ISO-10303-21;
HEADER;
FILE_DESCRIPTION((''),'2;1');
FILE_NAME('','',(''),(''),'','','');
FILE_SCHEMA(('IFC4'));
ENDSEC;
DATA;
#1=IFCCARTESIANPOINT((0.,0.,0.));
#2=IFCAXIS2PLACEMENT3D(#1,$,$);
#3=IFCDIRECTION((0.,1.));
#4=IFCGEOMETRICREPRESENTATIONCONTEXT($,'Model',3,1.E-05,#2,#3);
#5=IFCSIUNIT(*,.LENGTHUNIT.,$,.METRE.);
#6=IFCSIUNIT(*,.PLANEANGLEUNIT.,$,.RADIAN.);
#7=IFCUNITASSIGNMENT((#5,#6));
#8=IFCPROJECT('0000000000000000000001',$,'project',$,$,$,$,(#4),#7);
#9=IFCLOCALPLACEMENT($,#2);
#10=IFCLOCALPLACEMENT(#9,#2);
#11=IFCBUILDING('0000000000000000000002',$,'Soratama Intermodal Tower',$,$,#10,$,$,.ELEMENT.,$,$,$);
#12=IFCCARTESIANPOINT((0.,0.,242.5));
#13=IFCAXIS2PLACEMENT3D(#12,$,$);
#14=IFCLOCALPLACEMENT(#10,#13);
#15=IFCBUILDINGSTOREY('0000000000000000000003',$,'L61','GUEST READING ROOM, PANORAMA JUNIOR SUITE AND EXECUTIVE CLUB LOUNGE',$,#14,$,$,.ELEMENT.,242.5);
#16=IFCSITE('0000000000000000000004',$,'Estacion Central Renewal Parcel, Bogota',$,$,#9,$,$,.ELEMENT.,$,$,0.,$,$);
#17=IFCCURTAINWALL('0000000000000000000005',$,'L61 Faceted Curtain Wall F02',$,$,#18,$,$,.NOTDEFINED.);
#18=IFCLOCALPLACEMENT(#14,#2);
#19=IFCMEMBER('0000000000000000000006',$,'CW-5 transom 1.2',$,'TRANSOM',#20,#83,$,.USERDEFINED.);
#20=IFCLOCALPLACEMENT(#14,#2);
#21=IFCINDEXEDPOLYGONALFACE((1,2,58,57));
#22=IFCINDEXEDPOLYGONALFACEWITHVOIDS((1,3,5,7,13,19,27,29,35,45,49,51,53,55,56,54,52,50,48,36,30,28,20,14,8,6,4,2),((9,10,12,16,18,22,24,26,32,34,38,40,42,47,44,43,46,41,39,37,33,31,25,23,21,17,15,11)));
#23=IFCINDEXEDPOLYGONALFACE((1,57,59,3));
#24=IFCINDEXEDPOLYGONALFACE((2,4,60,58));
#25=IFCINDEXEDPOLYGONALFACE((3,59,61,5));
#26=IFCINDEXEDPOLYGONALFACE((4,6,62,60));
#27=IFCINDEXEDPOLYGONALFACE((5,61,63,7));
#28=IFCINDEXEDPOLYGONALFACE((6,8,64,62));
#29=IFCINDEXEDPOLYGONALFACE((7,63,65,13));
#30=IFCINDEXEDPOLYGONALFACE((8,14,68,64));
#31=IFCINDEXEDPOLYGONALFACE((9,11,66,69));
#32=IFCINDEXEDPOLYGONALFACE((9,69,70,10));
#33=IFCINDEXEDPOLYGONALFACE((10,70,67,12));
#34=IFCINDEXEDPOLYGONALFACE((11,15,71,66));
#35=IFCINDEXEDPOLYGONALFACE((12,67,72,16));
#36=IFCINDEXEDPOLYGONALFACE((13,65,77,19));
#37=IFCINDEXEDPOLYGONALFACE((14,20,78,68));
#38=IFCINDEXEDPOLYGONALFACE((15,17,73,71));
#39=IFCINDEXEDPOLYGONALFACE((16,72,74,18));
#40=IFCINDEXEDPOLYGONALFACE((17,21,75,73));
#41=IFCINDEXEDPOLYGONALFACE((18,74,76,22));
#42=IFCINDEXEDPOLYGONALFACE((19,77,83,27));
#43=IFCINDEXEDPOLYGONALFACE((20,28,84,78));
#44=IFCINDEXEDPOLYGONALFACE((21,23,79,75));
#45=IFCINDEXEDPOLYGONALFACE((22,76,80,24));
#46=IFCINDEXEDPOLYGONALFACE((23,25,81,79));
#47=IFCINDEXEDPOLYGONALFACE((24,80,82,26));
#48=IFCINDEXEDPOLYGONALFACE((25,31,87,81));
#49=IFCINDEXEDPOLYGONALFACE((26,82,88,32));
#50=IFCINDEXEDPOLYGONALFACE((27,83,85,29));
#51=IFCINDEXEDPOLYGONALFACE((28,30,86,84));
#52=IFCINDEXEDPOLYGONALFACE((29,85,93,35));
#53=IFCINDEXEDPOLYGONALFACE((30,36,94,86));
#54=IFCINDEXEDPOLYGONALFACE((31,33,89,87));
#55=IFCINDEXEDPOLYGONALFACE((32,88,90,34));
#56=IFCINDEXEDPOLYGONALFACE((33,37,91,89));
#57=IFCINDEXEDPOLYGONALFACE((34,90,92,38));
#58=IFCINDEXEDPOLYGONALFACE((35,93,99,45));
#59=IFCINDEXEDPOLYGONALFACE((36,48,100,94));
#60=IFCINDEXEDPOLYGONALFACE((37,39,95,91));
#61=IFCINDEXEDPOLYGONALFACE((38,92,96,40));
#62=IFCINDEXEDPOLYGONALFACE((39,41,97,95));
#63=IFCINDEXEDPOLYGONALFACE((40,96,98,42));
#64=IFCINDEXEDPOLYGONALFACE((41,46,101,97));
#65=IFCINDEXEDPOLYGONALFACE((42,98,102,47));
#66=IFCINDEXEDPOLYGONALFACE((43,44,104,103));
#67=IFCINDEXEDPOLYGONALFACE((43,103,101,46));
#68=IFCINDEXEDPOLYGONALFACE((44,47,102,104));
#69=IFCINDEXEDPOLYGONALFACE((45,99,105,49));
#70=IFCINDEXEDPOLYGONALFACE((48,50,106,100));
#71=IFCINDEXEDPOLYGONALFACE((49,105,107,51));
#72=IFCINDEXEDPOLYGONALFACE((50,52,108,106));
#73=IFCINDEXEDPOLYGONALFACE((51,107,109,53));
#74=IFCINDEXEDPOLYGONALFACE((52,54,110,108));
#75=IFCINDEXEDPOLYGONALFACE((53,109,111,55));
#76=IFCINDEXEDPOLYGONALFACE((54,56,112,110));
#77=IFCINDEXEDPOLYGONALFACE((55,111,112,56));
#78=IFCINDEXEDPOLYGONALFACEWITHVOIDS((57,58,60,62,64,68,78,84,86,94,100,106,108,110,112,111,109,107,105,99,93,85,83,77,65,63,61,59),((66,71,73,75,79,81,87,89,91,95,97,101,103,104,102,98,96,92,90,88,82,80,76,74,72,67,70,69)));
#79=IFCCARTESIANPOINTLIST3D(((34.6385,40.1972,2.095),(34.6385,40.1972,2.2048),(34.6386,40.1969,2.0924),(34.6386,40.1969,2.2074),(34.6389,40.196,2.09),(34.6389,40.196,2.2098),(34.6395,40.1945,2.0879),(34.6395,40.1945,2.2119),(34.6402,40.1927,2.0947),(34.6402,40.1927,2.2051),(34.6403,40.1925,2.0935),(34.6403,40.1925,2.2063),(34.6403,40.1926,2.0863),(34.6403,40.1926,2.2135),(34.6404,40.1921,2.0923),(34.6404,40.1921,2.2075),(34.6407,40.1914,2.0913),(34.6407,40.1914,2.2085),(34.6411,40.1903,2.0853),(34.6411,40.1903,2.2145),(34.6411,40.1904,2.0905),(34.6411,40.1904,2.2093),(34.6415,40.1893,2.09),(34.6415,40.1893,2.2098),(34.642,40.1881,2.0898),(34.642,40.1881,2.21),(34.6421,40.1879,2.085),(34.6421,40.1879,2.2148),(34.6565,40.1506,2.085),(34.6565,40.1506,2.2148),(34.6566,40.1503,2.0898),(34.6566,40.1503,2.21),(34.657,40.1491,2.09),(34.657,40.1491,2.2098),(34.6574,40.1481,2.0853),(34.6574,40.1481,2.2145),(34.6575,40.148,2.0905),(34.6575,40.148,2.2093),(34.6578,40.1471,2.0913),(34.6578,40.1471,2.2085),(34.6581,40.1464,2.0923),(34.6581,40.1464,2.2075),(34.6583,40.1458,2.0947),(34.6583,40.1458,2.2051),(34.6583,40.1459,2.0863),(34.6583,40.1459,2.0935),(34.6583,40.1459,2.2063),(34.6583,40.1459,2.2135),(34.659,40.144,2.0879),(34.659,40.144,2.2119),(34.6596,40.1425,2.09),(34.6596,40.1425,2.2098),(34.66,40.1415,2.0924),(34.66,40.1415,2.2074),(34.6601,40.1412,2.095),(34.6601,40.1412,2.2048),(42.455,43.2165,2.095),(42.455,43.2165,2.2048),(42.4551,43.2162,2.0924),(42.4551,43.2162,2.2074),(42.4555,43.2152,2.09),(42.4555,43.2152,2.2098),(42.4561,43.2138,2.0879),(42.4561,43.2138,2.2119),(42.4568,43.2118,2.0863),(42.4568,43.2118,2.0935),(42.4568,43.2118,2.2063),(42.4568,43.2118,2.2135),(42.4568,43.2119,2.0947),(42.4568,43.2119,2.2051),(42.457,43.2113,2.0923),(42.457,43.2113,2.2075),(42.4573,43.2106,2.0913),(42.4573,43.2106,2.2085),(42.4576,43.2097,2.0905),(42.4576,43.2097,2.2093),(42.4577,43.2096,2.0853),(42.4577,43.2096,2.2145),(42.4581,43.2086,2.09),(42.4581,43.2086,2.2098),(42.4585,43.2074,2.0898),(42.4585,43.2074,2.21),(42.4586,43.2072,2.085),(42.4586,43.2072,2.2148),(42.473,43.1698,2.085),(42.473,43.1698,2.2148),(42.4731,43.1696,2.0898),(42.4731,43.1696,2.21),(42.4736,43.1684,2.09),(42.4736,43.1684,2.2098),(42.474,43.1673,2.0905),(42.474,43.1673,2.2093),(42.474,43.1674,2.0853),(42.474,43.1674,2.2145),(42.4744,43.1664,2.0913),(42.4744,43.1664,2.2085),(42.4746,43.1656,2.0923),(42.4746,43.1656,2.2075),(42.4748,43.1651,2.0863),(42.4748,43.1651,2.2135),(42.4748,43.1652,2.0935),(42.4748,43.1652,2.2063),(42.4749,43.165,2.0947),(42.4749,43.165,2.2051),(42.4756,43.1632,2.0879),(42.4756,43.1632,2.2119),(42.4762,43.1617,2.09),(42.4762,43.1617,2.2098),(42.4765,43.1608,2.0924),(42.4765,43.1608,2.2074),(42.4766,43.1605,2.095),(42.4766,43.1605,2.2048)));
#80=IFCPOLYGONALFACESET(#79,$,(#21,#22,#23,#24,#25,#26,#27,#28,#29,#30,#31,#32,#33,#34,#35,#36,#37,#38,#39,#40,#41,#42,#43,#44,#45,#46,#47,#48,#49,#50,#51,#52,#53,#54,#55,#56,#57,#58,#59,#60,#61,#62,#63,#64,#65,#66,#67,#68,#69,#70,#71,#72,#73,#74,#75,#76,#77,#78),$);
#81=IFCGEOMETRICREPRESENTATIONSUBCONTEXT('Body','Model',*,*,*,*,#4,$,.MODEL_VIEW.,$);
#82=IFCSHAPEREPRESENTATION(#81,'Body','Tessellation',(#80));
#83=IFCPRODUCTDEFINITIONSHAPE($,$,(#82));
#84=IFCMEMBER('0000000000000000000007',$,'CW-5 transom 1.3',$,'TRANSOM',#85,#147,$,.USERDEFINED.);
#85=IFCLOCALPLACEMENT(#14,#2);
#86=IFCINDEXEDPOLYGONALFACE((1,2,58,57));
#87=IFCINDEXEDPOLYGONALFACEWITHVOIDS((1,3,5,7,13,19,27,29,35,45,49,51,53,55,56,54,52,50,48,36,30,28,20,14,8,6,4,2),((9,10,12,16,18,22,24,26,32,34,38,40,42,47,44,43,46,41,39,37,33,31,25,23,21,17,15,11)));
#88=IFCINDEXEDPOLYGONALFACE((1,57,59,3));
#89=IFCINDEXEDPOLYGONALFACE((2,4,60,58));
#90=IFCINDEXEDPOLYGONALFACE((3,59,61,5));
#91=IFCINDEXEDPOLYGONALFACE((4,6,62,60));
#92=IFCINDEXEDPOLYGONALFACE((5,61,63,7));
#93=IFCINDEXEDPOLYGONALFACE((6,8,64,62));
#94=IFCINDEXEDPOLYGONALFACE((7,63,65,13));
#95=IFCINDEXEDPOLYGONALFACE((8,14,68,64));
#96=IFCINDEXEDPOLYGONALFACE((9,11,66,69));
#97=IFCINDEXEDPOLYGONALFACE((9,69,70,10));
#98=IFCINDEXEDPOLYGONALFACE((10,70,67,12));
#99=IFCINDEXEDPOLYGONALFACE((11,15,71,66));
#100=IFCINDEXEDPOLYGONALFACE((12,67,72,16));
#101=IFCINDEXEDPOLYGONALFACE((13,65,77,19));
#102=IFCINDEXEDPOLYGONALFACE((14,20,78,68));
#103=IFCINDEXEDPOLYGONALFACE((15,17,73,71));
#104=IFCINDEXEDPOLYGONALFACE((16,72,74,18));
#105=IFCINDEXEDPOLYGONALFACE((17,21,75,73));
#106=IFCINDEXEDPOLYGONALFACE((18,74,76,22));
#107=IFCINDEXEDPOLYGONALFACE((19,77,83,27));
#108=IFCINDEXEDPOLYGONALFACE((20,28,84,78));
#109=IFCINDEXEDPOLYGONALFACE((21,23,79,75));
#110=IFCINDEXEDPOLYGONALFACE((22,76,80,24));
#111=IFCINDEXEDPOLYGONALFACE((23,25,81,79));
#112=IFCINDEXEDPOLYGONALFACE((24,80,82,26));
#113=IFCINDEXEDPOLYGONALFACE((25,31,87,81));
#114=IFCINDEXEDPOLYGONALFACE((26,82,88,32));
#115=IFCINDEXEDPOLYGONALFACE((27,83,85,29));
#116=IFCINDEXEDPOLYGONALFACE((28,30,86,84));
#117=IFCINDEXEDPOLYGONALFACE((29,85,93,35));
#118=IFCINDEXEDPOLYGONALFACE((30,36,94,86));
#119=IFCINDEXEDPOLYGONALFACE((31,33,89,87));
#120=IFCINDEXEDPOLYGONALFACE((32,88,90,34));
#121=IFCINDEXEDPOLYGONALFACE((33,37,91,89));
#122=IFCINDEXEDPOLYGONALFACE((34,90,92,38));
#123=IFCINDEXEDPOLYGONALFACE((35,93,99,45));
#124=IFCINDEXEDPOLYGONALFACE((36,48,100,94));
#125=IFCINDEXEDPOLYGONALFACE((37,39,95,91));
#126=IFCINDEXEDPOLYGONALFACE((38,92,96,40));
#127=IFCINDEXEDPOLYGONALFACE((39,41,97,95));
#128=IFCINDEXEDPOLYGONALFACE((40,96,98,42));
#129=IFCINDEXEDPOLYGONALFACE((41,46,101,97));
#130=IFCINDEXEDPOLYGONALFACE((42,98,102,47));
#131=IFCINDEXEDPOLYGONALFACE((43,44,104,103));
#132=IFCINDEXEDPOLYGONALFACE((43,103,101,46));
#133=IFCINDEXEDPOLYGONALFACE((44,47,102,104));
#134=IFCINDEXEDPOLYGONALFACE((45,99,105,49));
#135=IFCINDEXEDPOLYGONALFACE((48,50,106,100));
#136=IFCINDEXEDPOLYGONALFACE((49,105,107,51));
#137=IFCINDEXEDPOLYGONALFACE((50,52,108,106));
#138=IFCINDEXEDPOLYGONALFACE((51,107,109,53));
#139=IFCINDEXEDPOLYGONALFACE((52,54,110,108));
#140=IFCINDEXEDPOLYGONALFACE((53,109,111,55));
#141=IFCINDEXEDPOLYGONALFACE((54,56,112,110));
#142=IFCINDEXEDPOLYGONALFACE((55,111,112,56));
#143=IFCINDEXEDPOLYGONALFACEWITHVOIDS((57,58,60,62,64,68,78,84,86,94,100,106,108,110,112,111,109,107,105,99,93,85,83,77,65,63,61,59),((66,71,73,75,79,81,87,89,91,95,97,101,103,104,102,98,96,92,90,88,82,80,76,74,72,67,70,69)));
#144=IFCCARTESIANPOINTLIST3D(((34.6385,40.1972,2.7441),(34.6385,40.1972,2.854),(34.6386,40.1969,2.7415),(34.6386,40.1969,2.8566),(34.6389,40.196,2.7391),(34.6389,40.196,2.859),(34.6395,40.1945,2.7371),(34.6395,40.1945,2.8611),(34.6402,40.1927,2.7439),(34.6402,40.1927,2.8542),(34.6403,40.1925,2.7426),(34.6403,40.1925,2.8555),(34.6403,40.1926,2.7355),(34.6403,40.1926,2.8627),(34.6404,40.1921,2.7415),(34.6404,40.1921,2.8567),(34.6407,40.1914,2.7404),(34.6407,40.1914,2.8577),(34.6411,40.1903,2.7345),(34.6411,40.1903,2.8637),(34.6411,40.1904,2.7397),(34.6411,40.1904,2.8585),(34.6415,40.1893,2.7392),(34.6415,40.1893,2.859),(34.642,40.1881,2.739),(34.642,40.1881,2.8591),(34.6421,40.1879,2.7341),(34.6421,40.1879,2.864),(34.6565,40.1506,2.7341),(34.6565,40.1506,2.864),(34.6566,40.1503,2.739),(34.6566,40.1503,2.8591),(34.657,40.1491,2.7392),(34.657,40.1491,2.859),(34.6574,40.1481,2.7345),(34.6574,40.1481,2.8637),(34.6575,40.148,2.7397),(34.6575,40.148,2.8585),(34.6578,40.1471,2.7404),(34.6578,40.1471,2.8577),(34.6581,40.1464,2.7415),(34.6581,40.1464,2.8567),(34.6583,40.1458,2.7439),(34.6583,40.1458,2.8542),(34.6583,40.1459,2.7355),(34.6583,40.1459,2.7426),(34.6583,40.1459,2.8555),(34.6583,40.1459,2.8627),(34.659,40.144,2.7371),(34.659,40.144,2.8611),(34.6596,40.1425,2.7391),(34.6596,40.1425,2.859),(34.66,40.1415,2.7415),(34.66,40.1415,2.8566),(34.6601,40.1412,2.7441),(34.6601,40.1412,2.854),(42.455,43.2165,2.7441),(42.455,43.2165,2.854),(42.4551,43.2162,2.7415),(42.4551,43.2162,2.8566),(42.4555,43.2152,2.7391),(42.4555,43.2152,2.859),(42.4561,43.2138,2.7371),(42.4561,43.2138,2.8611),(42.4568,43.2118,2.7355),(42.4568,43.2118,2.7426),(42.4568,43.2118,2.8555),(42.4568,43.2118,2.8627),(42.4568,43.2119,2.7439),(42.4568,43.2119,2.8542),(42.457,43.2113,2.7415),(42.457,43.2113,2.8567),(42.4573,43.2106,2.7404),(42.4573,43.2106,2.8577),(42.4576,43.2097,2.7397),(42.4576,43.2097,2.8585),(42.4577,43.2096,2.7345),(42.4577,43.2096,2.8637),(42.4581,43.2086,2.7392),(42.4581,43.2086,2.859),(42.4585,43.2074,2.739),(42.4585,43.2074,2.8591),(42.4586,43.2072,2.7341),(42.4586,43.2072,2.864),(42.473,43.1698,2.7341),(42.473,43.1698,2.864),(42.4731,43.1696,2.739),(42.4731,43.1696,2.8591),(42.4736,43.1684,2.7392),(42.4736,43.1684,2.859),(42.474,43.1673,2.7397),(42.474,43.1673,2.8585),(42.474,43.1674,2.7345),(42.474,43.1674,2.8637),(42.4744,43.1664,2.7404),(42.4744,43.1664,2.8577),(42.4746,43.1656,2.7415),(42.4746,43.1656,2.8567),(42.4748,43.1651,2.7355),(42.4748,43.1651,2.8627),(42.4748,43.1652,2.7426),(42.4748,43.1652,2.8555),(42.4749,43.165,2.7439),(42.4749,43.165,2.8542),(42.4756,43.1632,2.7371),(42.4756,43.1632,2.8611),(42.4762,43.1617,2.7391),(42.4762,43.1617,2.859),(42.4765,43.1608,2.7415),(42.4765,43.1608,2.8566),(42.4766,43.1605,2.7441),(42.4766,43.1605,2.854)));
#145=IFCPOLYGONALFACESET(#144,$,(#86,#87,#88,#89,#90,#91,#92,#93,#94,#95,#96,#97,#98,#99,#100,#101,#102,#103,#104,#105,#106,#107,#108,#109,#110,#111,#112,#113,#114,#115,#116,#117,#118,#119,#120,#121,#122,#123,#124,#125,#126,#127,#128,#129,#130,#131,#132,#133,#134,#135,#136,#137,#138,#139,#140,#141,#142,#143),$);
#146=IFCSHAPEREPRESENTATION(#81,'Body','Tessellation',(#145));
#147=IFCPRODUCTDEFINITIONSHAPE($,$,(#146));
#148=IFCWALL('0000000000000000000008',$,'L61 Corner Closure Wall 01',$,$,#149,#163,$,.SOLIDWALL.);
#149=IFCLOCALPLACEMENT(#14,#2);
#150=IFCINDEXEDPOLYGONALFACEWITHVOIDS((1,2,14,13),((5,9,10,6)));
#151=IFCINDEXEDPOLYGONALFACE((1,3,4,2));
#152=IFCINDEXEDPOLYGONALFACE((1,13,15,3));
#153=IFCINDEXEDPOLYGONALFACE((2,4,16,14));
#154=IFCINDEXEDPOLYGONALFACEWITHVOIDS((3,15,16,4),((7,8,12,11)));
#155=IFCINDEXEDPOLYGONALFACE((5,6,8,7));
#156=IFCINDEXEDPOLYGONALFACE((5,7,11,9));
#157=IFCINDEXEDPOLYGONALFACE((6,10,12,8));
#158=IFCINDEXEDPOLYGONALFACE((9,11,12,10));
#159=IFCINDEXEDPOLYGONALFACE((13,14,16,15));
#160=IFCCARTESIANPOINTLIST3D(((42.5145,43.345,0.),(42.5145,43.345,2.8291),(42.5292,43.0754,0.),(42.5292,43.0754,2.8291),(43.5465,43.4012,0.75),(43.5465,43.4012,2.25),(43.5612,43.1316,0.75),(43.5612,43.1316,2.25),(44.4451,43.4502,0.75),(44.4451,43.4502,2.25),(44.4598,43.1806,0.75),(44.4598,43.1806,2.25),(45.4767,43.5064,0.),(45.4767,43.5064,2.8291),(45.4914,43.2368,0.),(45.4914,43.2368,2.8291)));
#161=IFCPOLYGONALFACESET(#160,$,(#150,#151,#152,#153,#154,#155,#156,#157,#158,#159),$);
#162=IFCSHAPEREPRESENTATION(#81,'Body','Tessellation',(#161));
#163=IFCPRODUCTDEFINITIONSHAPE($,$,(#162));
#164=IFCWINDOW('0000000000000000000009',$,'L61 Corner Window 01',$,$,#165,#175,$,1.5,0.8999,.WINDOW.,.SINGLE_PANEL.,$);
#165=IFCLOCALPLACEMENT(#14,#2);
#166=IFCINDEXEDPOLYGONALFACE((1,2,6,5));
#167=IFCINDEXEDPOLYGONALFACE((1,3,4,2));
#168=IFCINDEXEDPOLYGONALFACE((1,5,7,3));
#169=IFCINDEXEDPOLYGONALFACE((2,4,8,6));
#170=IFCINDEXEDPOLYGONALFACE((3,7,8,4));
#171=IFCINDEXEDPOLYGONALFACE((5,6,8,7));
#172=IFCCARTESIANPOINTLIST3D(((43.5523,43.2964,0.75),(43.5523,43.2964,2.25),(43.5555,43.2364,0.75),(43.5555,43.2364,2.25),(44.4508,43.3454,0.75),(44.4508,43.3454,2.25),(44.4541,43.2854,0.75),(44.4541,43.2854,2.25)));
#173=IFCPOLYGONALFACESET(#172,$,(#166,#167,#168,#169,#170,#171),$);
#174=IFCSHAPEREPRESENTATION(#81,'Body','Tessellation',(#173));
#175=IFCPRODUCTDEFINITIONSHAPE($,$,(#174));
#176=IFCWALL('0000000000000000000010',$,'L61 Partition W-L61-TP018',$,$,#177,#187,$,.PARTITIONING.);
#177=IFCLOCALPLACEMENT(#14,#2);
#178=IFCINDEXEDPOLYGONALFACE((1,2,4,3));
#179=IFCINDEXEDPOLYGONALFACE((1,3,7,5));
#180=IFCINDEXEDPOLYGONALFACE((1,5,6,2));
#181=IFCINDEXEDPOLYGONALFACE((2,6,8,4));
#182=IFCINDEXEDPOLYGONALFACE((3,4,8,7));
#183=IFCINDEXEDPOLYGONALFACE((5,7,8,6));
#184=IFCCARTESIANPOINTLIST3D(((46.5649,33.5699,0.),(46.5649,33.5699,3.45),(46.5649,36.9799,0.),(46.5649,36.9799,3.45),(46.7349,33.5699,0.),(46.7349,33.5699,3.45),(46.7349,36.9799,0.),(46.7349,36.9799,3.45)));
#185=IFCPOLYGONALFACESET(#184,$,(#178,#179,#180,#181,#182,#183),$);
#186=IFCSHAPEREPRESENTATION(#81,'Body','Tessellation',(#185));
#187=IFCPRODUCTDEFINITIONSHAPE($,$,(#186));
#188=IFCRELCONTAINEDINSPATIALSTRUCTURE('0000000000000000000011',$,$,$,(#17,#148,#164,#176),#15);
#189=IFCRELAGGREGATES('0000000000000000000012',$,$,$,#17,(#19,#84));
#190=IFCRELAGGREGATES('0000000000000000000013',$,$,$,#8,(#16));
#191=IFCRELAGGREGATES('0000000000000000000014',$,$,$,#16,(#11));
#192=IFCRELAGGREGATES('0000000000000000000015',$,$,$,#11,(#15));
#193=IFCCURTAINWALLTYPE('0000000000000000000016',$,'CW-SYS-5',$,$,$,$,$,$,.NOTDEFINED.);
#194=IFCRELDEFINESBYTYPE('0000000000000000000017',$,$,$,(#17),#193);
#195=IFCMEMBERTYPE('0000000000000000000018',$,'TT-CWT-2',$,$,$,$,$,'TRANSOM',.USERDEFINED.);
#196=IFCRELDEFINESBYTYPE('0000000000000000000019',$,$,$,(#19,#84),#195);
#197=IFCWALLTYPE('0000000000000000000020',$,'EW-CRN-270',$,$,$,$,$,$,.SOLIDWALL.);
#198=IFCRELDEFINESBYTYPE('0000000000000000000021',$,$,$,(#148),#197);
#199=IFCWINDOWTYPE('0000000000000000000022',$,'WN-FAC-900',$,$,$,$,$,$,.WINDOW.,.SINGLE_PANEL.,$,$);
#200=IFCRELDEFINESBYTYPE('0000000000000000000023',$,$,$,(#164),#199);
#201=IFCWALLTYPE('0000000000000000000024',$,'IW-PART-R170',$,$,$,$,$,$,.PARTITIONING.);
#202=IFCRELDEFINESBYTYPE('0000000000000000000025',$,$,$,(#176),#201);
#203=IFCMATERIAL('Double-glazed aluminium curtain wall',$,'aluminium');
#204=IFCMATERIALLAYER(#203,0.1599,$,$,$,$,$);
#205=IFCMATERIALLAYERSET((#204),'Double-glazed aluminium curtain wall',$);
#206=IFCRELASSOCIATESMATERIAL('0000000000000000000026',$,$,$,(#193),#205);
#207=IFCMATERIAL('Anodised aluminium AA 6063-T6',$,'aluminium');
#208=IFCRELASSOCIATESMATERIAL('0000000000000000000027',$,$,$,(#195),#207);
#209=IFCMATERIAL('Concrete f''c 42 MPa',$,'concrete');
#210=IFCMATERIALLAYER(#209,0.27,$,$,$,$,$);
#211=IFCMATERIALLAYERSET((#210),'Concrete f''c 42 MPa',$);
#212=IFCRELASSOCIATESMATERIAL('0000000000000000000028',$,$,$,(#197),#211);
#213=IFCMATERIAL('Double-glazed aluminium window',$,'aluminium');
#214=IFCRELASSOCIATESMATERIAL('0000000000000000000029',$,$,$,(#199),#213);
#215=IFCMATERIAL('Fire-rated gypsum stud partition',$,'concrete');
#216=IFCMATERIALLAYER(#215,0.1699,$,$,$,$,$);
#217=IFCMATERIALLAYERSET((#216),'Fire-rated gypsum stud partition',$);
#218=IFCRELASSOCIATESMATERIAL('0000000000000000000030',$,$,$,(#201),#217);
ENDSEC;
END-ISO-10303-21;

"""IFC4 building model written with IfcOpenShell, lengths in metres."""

from ifc_helpers import new_model, si_unit, direction, frame, frame_2d, origin, origin_2d, place, context, subcontext, project, spatial, rectangle, hollow_rectangle, extrude, material, layer, layer_set, material_profile, profile_set, type_object, element, fill, aggregate, save


model = new_model("IFC4")

# Units and contexts
model_context = context("Model", 3, precision=1e-05, world=origin(), true_north=direction((0.0, 1.0)))
body_context = subcontext(model_context, "Body", "Model", "MODEL_VIEW")
ifc_project = project(units=[si_unit("LENGTHUNIT", "METRE"), si_unit("PLANEANGLEUNIT", "RADIAN")], contexts=[model_context])

# Site, building, storey
site_placement = place(None, origin())
site = spatial("IfcSite", under=ifc_project, at=site_placement, Name="Estacion Central Renewal Parcel, Bogota", CompositionType="ELEMENT", RefElevation=0.0)
building_placement = place(site_placement, origin())
building = spatial("IfcBuilding", under=site, at=building_placement, Name="Soratama Intermodal Tower", CompositionType="ELEMENT")
storey_placement = place(building_placement, frame((0.0, 0.0, 242.5)))
storey = spatial("IfcBuildingStorey", under=building, at=storey_placement, Name="L61", Description="GUEST READING ROOM, PANORAMA JUNIOR SUITE AND EXECUTIVE CLUB LOUNGE", CompositionType="ELEMENT", Elevation=242.5)

# Curtain wall, members
ifc_material_1 = material(Name="Double-glazed aluminium curtain wall", Category="aluminium")
ifc_layer_1 = layer(ifc_material_1, 0.1599)
ifc_layer_set_1 = layer_set([ifc_layer_1], Name="Double-glazed aluminium curtain wall")
curtain_wall_type = type_object("IfcCurtainWallType", Name="CW-SYS-5", PredefinedType="NOTDEFINED", material=ifc_layer_set_1)
curtain_wall_placement = place(storey_placement, origin())
curtain_wall = element("IfcCurtainWall", 1, at=curtain_wall_placement, inside=storey, type_object=curtain_wall_type, Name="L61 Faceted Curtain Wall F02", PredefinedType="NOTDEFINED")
ifc_material_2 = material(Name="Anodised aluminium AA 6063-T6", Category="aluminium")
ifc_material_profile_1 = material_profile(ifc_material_2, hollow_rectangle(XDim=0.0601, YDim=0.1299, WallThickness=0.0049, InnerFilletRadius=0.0049, OuterFilletRadius=0.01, at=origin_2d()), Name="CWT130X60X5")
ifc_profile_set_1 = profile_set([ifc_material_profile_1], Name="Anodised aluminium AA 6063-T6")
member_type_1 = type_object("IfcMemberType", Name="TT-CWT-2", ElementType="TRANSOM", PredefinedType="USERDEFINED", material=ifc_profile_set_1)
member_1_placement = place(storey_placement, frame((42.4658, 43.1885, 2.1499), z_axis=(-0.93283, -0.360318, 0.0), x_axis=(0.360318, -0.93283, 0.0)))
member_1 = element("IfcMember", 2, at=member_1_placement, type_object=member_type_1, Name="CW-5 transom 1.2", ObjectType="TRANSOM", PredefinedType="USERDEFINED", context=body_context, shape_type="SweptSolid", body=[
    extrude(hollow_rectangle(XDim=0.0601, YDim=0.1299, WallThickness=0.0049, InnerFilletRadius=0.0049, OuterFilletRadius=0.01, at=origin_2d()), origin(), (0.0, 0.0, 1.0), 8.3794),
])
member_2_placement = place(storey_placement, frame((42.4658, 43.1885, 2.7991), z_axis=(-0.93283, -0.360318, 0.0), x_axis=(0.360318, -0.93283, 0.0)))
member_2 = element("IfcMember", 3, at=member_2_placement, type_object=member_type_1, Name="CW-5 transom 1.3", ObjectType="TRANSOM", PredefinedType="USERDEFINED", context=body_context, shape_type="SweptSolid", body=[
    extrude(hollow_rectangle(XDim=0.0601, YDim=0.1299, WallThickness=0.0049, InnerFilletRadius=0.0049, OuterFilletRadius=0.01, at=origin_2d()), origin(), (0.0, 0.0, 1.0), 8.3794),
])
aggregate(curtain_wall, [member_1, member_2])

# Wall, opening, window
ifc_material_3 = material(Name="Concrete f'c 42 MPa", Category="concrete")
ifc_layer_2 = layer(ifc_material_3, 0.27)
ifc_layer_set_2 = layer_set([ifc_layer_2], Name="Concrete f'c 42 MPa")
wall_type_1 = type_object("IfcWallType", Name="EW-CRN-270", PredefinedType="SOLIDWALL", material=ifc_layer_set_2)
wall_1_placement = place(storey_placement, frame((45.4841, 43.3716, 0.0), z_axis=(0.0, 0.0, 1.0), x_axis=(-0.998519, -0.054399, 0.0)))
wall_1 = element("IfcWall", 4, at=wall_1_placement, inside=storey, type_object=wall_type_1, Name="L61 Corner Closure Wall 01", PredefinedType="SOLIDWALL", context=body_context, shape_type="SweptSolid", body=[
    extrude(rectangle(XDim=2.9666, YDim=0.27, at=frame_2d((1.4834, 0.0))), origin(), (0.0, 0.0, 1.0), 2.8291),
])
opening_placement = place(wall_1_placement, frame((1.0332, 0.0, 0.75)))
opening = element("IfcOpeningElement", 5, at=opening_placement, cuts=wall_1, PredefinedType="OPENING", context=body_context, shape_type="SweptSolid", body=[
    extrude(rectangle(XDim=0.8999, YDim=1.5, at=frame_2d((0.45, 0.75))), frame((0.0, 0.145, 0.0), z_axis=(0.0, -1.0, 0.0), x_axis=(1.0, 0.0, 0.0)), (0.0, 0.0, 1.0), 0.29),
])
ifc_material_4 = material(Name="Double-glazed aluminium window", Category="aluminium")
window_type = type_object("IfcWindowType", Name="WN-FAC-900", PartitioningType="SINGLE_PANEL", PredefinedType="WINDOW", material=ifc_material_4)
window_placement = place(opening_placement, origin())
window = element("IfcWindow", 6, at=window_placement, inside=storey, type_object=window_type, Name="L61 Corner Window 01", OverallHeight=1.5, OverallWidth=0.8999, PartitioningType="SINGLE_PANEL", PredefinedType="WINDOW", context=body_context, shape_type="SweptSolid", body=[
    extrude(rectangle(XDim=0.8999, YDim=1.5, at=frame_2d((0.45, 0.75))), frame((0.0, 0.03, 0.0), z_axis=(0.0, -1.0, 0.0), x_axis=(1.0, 0.0, 0.0)), (0.0, 0.0, 1.0), 0.0601),
])
fill(opening, window)

# Wall
ifc_material_5 = material(Name="Fire-rated gypsum stud partition", Category="concrete")
ifc_layer_3 = layer(ifc_material_5, 0.1699)
ifc_layer_set_3 = layer_set([ifc_layer_3], Name="Fire-rated gypsum stud partition")
wall_type_2 = type_object("IfcWallType", Name="IW-PART-R170", PredefinedType="PARTITIONING", material=ifc_layer_set_3)
wall_2_placement = place(storey_placement, frame((46.6499, 36.98, 0.0), z_axis=(0.0, 0.0, 1.0), x_axis=(0.0, -1.0, 0.0)))
element("IfcWall", 7, at=wall_2_placement, inside=storey, type_object=wall_type_2, Name="L61 Partition W-L61-TP018", PredefinedType="PARTITIONING", context=body_context, shape_type="SweptSolid", body=[
    extrude(rectangle(XDim=3.4099, YDim=0.1699, at=frame_2d((1.7051, 0.0))), origin(), (0.0, 0.0, 1.0), 3.45),
])

save(model, "model.ifc")
